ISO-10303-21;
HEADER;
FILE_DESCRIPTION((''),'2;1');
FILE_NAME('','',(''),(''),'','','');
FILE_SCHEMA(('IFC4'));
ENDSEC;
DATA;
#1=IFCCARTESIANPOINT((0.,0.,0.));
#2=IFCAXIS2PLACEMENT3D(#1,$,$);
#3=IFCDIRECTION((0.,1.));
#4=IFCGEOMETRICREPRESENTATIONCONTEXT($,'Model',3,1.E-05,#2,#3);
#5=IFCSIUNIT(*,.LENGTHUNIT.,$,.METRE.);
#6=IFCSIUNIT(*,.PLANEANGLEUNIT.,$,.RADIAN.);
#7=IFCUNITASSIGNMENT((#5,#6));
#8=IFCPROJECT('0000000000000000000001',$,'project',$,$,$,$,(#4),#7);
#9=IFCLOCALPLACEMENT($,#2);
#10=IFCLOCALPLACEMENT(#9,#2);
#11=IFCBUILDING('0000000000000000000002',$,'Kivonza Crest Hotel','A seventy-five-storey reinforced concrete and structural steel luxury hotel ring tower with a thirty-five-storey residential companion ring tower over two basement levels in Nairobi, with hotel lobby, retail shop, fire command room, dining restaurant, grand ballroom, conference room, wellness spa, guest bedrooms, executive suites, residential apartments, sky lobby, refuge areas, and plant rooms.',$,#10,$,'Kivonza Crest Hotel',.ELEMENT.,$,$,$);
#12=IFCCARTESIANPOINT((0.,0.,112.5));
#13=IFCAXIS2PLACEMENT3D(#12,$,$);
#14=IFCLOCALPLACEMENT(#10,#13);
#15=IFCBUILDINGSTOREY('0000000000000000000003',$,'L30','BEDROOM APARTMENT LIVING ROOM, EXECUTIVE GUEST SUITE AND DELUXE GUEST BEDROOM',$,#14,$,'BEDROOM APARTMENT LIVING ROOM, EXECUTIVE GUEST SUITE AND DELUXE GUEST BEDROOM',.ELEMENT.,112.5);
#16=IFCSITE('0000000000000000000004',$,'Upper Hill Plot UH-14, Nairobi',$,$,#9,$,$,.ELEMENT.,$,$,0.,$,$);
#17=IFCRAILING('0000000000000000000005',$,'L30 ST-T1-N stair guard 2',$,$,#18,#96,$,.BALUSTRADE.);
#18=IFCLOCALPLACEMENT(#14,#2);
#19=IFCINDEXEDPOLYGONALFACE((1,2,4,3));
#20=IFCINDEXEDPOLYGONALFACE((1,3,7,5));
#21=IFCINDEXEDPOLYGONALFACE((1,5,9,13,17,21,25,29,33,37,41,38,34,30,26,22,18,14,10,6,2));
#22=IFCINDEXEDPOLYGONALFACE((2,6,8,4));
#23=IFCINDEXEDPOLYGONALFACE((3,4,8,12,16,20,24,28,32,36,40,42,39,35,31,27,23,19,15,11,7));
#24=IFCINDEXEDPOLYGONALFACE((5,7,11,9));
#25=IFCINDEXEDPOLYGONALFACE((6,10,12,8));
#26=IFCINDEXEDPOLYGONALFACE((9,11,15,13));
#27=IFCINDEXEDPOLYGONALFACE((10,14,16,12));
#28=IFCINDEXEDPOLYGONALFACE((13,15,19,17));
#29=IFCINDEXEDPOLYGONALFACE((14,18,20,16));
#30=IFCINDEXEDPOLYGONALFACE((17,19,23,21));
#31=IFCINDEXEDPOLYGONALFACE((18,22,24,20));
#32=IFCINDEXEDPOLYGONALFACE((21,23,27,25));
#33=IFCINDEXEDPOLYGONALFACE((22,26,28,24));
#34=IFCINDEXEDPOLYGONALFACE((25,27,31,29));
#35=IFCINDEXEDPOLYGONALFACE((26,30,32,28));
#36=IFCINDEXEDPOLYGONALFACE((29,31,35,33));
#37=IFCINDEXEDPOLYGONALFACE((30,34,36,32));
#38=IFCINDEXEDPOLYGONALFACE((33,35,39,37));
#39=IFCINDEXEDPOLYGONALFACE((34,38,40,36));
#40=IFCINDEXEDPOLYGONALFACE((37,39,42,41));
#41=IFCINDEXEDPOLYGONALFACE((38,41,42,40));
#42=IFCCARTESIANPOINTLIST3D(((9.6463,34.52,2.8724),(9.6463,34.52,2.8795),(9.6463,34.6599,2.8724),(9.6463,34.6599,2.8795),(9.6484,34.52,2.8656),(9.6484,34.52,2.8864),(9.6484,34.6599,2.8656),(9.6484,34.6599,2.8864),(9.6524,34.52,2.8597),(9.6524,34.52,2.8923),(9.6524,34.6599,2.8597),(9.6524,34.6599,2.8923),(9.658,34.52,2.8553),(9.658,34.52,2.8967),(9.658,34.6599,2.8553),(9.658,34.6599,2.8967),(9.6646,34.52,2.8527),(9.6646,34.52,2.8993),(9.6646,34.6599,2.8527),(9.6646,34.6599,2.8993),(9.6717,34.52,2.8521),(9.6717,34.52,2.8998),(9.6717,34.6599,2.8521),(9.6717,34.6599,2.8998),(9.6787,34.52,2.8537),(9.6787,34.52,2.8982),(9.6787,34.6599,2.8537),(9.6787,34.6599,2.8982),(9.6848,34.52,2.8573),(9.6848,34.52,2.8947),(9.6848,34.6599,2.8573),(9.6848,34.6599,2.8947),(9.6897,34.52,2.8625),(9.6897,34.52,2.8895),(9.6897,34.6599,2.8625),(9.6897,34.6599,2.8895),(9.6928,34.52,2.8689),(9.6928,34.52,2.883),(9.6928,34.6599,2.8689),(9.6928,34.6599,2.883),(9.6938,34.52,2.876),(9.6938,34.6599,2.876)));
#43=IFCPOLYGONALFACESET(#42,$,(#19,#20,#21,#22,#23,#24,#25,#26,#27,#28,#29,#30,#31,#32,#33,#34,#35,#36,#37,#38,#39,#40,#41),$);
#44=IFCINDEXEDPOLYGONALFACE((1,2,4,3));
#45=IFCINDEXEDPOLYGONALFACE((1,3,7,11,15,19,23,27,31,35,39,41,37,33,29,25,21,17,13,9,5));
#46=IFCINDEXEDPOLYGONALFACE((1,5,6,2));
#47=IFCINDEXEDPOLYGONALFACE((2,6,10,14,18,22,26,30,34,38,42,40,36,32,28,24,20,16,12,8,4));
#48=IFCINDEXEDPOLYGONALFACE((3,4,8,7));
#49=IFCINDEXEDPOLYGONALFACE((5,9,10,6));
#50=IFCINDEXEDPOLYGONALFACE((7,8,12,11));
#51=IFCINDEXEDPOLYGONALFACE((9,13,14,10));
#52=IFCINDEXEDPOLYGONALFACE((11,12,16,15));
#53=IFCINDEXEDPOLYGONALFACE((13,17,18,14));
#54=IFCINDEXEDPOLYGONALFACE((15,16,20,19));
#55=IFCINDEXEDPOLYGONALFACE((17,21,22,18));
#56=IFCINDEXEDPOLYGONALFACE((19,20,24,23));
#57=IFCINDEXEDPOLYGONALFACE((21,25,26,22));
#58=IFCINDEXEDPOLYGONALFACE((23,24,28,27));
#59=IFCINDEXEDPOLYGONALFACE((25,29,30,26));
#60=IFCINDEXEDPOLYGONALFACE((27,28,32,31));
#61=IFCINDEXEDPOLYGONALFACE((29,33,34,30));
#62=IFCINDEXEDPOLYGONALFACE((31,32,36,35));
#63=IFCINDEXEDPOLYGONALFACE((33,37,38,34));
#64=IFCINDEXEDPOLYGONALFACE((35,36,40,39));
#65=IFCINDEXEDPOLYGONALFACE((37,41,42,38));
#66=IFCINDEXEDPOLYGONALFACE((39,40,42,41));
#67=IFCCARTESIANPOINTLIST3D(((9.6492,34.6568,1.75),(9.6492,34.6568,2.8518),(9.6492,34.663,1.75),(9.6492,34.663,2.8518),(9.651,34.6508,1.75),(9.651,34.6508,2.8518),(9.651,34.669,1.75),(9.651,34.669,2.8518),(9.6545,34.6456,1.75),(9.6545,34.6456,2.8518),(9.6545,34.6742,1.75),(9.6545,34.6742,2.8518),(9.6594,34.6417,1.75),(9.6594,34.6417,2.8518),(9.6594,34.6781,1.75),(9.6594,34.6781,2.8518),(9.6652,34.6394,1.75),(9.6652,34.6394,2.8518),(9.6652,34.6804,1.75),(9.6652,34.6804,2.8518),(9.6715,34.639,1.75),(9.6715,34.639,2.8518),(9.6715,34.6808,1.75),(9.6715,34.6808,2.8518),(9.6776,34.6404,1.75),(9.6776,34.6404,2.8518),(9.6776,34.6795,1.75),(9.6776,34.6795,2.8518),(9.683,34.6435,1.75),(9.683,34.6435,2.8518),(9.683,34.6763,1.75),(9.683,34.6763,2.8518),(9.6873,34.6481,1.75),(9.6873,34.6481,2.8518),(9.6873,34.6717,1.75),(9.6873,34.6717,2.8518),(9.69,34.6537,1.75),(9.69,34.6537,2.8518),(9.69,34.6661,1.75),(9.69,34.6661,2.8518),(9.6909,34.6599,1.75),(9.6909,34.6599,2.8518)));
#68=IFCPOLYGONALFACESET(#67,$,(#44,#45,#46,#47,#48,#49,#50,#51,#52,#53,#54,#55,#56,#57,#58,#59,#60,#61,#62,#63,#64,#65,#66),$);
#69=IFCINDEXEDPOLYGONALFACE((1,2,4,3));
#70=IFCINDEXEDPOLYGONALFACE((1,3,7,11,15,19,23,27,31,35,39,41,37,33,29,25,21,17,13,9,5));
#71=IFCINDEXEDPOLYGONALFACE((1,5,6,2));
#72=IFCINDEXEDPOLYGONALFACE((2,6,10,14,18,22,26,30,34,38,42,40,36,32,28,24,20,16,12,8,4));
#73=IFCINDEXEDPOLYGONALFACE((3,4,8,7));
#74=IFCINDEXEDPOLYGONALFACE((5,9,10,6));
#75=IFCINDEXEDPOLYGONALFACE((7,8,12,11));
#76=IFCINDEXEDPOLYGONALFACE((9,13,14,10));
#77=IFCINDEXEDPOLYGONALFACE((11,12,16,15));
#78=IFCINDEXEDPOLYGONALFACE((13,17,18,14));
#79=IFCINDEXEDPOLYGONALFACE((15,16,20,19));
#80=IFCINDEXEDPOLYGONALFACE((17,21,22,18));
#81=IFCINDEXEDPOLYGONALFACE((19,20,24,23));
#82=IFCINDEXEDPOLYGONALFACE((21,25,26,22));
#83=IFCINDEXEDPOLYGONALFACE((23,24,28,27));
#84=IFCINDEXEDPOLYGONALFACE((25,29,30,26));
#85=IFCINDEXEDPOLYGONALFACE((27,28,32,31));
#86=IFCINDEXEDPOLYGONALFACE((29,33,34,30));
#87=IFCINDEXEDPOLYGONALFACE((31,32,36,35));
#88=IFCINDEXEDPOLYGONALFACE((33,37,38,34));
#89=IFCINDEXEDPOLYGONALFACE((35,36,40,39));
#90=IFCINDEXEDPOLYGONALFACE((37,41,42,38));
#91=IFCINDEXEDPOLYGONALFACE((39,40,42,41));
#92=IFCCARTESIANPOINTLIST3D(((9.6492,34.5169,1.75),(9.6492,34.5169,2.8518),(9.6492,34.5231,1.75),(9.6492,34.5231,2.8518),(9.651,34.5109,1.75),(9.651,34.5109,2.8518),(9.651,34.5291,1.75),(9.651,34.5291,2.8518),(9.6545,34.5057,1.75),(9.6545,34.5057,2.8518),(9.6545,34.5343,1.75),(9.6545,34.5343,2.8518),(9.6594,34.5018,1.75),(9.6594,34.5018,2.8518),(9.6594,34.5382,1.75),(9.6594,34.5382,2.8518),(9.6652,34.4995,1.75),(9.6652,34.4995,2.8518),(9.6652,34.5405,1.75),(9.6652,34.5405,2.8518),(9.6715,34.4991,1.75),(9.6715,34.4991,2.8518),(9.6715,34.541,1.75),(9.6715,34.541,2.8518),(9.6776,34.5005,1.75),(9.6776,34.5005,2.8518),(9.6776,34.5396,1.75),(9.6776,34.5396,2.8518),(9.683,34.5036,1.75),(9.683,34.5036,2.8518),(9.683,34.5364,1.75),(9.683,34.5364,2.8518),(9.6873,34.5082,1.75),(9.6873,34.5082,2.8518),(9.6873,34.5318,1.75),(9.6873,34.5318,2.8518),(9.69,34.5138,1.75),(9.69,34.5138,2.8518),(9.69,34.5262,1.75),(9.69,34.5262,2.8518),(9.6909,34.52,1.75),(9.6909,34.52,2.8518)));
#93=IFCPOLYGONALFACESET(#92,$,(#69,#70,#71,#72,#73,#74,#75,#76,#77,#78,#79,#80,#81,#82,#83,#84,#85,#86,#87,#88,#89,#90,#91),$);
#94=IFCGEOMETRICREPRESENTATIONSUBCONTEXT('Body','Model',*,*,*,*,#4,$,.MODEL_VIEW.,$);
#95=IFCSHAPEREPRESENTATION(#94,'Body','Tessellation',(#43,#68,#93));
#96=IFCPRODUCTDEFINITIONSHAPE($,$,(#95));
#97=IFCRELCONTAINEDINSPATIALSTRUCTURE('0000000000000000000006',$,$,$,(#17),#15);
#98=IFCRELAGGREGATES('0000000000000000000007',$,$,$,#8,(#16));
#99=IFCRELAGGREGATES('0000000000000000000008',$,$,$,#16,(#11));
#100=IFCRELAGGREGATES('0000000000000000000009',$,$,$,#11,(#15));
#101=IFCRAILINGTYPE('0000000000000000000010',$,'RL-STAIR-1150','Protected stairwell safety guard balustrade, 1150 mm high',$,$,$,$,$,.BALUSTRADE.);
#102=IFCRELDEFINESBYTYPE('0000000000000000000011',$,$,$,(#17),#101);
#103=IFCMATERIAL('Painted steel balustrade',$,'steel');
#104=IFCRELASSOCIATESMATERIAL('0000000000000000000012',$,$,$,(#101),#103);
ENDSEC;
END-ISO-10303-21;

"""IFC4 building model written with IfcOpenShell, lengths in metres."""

from ifc_helpers import new_model, si_unit, direction, frame, origin, origin_2d, place, context, subcontext, project, spatial, circle, extrude, material, type_object, element, save


model = new_model("IFC4")

# Units and contexts
model_context = context("Model", 3, precision=1e-05, world=origin(), true_north=direction((0.0, 1.0)))
body_context = subcontext(model_context, "Body", "Model", "MODEL_VIEW")
ifc_project = project(units=[si_unit("LENGTHUNIT", "METRE"), si_unit("PLANEANGLEUNIT", "RADIAN")], contexts=[model_context])

# Site, building, storey
site_placement = place(None, origin())
site = spatial("IfcSite", under=ifc_project, at=site_placement, Name="Upper Hill Plot UH-14, Nairobi", CompositionType="ELEMENT", RefElevation=0.0)
building_placement = place(site_placement, origin())
building = spatial("IfcBuilding", under=site, at=building_placement, Name="Kivonza Crest Hotel", Description="A seventy-five-storey reinforced concrete and structural steel luxury hotel ring tower with a thirty-five-storey residential companion ring tower over two basement levels in Nairobi, with hotel lobby, retail shop, fire command room, dining restaurant, grand ballroom, conference room, wellness spa, guest bedrooms, executive suites, residential apartments, sky lobby, refuge areas, and plant rooms.", LongName="Kivonza Crest Hotel", CompositionType="ELEMENT")
storey_placement = place(building_placement, frame((0.0, 0.0, 112.5)))
storey = spatial("IfcBuildingStorey", under=building, at=storey_placement, Name="L30", Description="BEDROOM APARTMENT LIVING ROOM, EXECUTIVE GUEST SUITE AND DELUXE GUEST BEDROOM", LongName="BEDROOM APARTMENT LIVING ROOM, EXECUTIVE GUEST SUITE AND DELUXE GUEST BEDROOM", CompositionType="ELEMENT", Elevation=112.5)

# Railing
ifc_material_1 = material(Name="Painted steel balustrade", Category="steel")
railing_type_1 = type_object("IfcRailingType", Name="RL-STAIR-1150", Description="Protected stairwell safety guard balustrade, 1150 mm high", PredefinedType="BALUSTRADE", material=ifc_material_1)
railing_1_placement = place(storey_placement, frame((9.6699, 34.6599, 1.75)))
element("IfcRailing", 1, at=railing_1_placement, inside=storey, type_object=railing_type_1, Name="L30 ST-T1-N stair guard 2", PredefinedType="BALUSTRADE", context=body_context, shape_type="SweptSolid", body=[
    extrude(circle(Radius=0.0239, at=origin_2d()), frame((0.0, 0.0, 1.126), z_axis=(0.0, -1.0, 0.0), x_axis=(1.0, 0.0, 0.0)), (0.0, 0.0, 1.0), 0.1399),
    extrude(circle(Radius=0.021, at=origin_2d()), origin(), (0.0, 0.0, 1.0), 1.1018),
    extrude(circle(Radius=0.021, at=origin_2d()), frame((0.0, -0.1399, 0.0)), (0.0, 0.0, 1.0), 1.1018),
])

save(model, "model.ifc")
